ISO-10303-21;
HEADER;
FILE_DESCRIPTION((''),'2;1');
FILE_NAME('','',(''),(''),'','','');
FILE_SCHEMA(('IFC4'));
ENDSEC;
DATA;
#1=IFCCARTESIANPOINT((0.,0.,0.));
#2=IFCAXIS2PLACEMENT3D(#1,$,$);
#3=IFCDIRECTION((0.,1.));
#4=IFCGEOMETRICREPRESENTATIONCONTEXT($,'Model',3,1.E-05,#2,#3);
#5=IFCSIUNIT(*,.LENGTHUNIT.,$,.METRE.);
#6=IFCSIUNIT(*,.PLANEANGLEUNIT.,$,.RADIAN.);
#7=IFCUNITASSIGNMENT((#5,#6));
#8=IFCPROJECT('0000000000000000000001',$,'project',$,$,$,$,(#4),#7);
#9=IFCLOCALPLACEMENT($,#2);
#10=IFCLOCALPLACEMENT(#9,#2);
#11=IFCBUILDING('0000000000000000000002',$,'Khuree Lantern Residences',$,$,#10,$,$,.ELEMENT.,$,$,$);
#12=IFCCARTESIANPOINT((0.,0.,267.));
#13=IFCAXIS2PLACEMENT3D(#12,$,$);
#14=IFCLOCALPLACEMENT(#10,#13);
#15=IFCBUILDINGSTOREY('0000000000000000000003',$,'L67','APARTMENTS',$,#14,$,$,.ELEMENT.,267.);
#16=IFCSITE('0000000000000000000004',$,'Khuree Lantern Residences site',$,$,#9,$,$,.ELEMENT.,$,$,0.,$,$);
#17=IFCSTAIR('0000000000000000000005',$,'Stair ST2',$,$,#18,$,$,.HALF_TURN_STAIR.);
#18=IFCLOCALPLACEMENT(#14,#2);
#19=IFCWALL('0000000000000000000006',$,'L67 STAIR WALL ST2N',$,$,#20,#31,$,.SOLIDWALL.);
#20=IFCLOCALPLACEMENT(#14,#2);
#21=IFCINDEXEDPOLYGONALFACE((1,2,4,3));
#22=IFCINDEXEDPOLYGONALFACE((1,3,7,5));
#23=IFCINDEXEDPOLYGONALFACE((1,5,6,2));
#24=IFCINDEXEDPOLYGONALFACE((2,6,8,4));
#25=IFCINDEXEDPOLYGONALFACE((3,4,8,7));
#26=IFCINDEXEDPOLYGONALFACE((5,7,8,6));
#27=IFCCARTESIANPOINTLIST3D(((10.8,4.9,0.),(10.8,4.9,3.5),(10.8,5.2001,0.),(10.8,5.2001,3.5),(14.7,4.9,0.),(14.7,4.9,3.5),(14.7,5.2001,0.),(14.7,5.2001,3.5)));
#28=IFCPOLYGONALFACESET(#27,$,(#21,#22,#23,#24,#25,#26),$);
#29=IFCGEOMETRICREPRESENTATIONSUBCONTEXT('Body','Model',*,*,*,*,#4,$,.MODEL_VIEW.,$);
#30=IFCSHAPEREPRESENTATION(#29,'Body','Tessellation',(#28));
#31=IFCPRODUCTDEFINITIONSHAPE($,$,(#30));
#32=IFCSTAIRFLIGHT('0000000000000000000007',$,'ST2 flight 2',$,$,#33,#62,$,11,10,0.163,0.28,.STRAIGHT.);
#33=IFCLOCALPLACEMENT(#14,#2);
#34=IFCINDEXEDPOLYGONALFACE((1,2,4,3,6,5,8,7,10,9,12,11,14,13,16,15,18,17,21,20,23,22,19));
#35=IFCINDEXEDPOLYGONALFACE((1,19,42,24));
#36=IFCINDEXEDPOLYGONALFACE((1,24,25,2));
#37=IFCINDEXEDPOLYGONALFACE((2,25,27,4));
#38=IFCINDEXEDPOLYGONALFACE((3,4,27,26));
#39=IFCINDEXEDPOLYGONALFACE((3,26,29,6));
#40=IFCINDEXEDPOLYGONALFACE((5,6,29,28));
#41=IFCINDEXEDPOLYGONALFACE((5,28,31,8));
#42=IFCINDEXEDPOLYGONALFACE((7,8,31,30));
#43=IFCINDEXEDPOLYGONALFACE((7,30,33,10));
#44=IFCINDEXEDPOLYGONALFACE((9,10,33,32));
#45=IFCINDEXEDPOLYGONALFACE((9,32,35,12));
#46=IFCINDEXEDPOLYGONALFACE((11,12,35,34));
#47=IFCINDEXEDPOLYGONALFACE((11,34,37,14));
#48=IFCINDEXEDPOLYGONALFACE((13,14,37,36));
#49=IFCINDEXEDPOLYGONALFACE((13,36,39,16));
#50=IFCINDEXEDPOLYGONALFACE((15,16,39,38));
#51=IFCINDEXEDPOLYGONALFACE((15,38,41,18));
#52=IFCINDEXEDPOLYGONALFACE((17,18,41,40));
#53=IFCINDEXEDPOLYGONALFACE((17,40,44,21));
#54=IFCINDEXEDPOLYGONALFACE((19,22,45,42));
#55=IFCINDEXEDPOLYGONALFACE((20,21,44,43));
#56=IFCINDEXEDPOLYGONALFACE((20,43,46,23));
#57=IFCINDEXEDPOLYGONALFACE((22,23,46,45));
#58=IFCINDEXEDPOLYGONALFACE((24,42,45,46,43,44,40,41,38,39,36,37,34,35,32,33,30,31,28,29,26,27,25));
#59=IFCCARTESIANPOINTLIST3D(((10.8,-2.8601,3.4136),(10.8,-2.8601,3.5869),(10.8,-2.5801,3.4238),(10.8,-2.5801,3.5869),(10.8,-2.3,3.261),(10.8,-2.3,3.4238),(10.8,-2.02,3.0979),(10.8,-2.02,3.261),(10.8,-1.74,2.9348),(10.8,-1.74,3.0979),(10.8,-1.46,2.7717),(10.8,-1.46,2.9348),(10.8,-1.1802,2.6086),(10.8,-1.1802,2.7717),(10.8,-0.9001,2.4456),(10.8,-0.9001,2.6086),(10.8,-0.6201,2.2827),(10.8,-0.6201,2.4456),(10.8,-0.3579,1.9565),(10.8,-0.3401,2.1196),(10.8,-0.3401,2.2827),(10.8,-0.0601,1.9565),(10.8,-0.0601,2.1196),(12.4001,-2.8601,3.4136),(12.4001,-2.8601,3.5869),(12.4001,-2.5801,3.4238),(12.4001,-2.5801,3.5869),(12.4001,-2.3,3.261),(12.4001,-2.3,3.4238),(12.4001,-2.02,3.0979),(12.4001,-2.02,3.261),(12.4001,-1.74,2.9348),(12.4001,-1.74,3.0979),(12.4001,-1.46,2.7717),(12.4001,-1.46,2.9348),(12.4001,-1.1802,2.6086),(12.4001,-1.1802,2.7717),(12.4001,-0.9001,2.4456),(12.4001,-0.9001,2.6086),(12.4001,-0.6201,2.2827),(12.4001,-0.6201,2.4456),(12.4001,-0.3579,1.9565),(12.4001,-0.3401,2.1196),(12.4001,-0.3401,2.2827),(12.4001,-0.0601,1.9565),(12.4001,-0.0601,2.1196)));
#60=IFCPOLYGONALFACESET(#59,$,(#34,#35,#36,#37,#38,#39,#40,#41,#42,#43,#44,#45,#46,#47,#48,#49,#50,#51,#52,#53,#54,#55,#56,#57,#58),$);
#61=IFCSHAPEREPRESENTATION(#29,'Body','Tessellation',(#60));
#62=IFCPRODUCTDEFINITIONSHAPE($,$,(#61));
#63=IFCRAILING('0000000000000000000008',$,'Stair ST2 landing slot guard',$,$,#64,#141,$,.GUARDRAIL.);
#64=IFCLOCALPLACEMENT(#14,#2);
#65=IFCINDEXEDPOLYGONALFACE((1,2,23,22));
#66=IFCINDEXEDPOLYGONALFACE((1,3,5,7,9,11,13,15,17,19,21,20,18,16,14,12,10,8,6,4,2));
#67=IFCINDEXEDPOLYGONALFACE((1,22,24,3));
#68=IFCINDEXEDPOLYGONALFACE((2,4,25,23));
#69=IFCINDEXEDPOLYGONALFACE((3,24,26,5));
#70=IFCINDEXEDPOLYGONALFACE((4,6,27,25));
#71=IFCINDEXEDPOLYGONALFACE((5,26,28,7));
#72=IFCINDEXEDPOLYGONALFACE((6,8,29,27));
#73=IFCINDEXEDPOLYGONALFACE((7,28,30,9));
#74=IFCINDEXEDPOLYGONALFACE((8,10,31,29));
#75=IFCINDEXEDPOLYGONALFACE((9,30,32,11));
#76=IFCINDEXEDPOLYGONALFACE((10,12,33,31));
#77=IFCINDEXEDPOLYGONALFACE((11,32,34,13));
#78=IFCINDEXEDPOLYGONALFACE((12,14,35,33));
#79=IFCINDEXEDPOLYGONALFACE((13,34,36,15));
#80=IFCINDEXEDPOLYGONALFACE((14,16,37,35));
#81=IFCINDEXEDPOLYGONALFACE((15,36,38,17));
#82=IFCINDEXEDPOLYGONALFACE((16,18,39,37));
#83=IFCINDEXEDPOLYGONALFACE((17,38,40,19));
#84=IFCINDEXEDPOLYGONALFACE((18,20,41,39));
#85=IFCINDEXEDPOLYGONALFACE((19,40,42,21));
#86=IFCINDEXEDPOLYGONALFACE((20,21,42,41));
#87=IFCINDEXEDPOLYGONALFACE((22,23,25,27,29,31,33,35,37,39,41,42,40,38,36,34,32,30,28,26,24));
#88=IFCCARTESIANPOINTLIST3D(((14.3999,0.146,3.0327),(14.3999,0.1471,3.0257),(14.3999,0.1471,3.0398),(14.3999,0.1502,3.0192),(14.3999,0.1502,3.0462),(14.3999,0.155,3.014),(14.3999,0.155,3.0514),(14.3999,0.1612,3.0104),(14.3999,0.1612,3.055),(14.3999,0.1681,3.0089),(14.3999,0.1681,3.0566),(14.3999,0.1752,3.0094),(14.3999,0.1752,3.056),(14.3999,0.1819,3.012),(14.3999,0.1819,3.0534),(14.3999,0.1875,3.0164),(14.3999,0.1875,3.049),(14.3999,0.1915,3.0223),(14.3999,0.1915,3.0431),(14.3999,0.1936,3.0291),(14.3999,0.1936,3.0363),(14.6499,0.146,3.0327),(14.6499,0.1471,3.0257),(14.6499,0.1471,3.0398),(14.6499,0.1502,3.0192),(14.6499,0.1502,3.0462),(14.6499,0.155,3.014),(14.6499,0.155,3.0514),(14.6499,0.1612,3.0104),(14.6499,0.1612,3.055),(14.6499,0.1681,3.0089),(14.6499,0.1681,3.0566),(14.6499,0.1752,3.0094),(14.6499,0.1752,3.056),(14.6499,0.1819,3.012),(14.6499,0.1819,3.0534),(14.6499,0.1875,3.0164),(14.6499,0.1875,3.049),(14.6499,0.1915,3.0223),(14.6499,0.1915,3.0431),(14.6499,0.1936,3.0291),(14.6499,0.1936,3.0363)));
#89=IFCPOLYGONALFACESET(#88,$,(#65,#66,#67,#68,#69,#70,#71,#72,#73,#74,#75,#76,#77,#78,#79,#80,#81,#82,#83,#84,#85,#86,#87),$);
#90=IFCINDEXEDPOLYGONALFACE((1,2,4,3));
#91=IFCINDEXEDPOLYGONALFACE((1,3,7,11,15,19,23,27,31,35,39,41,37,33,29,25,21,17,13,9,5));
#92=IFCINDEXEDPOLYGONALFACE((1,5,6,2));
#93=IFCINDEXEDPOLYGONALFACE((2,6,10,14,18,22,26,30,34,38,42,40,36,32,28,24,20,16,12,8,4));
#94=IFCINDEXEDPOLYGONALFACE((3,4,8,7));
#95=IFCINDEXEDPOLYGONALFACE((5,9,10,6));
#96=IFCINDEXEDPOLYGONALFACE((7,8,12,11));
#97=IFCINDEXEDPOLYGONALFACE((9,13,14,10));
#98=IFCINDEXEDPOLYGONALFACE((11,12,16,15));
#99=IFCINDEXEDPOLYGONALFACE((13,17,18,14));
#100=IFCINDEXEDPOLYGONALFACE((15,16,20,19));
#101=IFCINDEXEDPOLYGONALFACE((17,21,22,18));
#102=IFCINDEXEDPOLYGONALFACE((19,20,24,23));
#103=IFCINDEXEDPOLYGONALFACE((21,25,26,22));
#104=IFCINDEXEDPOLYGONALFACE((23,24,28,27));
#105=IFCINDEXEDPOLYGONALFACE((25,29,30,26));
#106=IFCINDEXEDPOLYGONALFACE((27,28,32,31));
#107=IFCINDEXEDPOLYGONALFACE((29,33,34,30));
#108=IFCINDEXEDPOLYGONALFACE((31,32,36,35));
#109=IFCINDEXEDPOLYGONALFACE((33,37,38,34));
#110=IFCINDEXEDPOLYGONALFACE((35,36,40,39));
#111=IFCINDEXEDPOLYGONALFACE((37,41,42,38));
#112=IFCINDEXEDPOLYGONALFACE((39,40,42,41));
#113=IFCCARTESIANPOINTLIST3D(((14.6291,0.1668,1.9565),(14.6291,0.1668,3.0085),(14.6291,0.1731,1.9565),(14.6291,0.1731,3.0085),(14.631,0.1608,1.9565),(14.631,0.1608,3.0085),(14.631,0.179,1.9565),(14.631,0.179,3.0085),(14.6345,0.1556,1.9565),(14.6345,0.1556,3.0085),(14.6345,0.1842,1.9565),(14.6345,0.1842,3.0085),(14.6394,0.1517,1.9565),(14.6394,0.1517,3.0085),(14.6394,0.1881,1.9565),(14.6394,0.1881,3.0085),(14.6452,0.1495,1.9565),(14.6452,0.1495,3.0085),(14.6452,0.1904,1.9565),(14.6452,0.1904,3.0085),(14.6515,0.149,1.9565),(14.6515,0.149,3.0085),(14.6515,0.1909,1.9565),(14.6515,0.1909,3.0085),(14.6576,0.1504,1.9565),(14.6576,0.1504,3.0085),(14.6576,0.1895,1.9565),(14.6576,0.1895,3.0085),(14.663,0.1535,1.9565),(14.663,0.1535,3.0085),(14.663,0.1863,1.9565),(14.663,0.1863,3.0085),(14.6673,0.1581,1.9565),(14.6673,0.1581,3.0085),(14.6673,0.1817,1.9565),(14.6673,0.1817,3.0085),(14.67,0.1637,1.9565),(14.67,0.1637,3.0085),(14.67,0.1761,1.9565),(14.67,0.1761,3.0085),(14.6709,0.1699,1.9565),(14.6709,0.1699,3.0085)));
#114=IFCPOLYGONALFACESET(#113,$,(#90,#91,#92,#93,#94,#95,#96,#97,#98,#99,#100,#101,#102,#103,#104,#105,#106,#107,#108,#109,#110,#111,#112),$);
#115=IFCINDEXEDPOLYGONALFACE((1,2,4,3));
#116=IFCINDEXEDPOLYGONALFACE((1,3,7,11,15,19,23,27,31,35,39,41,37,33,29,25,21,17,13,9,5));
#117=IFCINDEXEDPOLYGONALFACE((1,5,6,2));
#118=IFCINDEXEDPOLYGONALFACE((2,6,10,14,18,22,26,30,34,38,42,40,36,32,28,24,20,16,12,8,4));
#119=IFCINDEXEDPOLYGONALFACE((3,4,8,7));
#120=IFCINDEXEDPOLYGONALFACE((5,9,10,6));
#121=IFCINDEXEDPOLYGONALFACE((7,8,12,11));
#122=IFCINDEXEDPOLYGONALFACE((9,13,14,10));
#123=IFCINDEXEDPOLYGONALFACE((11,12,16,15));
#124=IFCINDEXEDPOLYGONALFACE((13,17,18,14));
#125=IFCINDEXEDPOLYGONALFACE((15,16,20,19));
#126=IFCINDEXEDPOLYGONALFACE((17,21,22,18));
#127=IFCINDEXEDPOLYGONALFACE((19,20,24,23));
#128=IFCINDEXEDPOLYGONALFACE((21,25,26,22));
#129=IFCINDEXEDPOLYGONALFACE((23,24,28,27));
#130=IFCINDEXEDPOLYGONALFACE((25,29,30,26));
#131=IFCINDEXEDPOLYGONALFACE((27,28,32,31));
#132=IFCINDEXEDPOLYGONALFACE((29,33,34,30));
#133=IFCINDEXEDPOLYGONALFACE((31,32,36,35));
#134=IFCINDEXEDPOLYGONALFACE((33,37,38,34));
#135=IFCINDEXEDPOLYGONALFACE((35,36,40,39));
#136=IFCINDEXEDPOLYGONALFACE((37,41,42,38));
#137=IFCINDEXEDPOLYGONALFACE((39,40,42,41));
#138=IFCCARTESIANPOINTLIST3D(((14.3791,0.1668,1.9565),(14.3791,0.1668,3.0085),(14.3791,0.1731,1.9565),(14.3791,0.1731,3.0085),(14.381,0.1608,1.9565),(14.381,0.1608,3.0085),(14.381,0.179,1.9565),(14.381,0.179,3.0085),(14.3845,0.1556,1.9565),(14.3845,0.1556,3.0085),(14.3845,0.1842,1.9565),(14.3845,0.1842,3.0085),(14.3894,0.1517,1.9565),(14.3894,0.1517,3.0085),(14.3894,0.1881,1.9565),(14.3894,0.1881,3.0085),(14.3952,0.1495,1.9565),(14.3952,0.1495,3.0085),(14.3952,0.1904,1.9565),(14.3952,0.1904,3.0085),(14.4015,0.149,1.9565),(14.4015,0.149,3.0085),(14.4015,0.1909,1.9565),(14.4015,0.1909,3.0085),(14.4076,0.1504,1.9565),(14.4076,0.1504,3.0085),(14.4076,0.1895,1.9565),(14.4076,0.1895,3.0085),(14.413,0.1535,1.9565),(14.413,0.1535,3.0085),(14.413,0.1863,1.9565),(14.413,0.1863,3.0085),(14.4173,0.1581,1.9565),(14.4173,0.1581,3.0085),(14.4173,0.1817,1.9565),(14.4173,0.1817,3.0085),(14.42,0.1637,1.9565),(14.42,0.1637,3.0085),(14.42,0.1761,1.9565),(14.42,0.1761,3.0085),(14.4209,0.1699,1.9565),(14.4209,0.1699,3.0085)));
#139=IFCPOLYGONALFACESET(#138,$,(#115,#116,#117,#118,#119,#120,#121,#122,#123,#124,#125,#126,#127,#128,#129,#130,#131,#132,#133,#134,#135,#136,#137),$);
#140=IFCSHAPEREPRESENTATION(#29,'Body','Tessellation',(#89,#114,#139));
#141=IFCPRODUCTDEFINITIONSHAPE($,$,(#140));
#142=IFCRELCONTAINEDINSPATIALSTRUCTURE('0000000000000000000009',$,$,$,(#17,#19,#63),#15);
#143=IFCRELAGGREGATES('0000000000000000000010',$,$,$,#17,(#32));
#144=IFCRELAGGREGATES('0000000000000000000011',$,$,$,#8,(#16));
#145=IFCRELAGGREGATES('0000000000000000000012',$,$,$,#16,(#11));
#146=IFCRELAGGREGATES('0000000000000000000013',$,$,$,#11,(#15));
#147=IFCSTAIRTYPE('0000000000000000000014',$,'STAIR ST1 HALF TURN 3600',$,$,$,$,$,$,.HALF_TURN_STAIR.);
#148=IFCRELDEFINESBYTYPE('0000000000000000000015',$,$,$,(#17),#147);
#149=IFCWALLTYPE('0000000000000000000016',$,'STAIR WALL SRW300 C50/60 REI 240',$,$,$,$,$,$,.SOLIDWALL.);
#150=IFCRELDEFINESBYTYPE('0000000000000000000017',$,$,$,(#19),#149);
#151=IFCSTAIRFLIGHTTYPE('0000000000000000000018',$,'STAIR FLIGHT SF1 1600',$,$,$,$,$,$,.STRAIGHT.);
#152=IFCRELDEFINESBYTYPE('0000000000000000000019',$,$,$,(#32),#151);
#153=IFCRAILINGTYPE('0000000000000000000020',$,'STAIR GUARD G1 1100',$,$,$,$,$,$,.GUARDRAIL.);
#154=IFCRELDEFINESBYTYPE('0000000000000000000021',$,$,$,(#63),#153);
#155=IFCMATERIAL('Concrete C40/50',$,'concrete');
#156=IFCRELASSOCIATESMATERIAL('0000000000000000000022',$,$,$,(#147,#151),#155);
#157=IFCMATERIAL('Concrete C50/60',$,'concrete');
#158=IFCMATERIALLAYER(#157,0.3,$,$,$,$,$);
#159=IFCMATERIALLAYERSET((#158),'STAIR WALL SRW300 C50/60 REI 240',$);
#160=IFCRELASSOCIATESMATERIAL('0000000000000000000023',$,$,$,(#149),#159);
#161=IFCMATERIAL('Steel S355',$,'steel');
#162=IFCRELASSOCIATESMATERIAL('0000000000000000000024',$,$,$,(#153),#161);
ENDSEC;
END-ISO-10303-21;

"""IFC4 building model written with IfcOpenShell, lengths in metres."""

from ifc_helpers import new_model, si_unit, direction, frame, frame_2d, origin, origin_2d, place, context, subcontext, project, spatial, polyline, rectangle, circle, outline, extrude, material, layer, layer_set, type_object, element, aggregate, save


model = new_model("IFC4")

# Units and contexts
model_context = context("Model", 3, precision=1e-05, world=origin(), true_north=direction((0.0, 1.0)))
body_context = subcontext(model_context, "Body", "Model", "MODEL_VIEW")
ifc_project = project(units=[si_unit("LENGTHUNIT", "METRE"), si_unit("PLANEANGLEUNIT", "RADIAN")], contexts=[model_context])

# Site, building, storey
site_placement = place(None, origin())
site = spatial("IfcSite", under=ifc_project, at=site_placement, Name="Khuree Lantern Residences site", CompositionType="ELEMENT", RefElevation=0.0)
building_placement = place(site_placement, origin())
building = spatial("IfcBuilding", under=site, at=building_placement, Name="Khuree Lantern Residences", CompositionType="ELEMENT")
storey_placement = place(building_placement, frame((0.0, 0.0, 267.0)))
storey = spatial("IfcBuildingStorey", under=building, at=storey_placement, Name="L67", Description="APARTMENTS", CompositionType="ELEMENT", Elevation=267.0)

# Shared definitions
ifc_material_1 = material(Name="Concrete C50/60", Category="concrete")

# Stair
ifc_material_2 = material(Name="Concrete C40/50", Category="concrete")
stair_type = type_object("IfcStairType", Name="STAIR ST1 HALF TURN 3600", PredefinedType="HALF_TURN_STAIR", material=ifc_material_2)
stair_1_placement = place(storey_placement, origin())
stair_1 = element("IfcStair", 1, at=stair_1_placement, inside=storey, type_object=stair_type, Name="Stair ST2", PredefinedType="HALF_TURN_STAIR")

# Wall
ifc_layer_1 = layer(ifc_material_1, 0.3)
ifc_layer_set_1 = layer_set([ifc_layer_1], Name="STAIR WALL SRW300 C50/60 REI 240")
wall_type_1 = type_object("IfcWallType", Name="STAIR WALL SRW300 C50/60 REI 240", PredefinedType="SOLIDWALL", material=ifc_layer_set_1)
wall_1_placement = place(storey_placement, frame((14.7, 5.05, 0.0), z_axis=(0.0, 0.0, 1.0), x_axis=(-1.0, 0.0, 0.0)))
element("IfcWall", 2, at=wall_1_placement, inside=storey, type_object=wall_type_1, Name="L67 STAIR WALL ST2N", PredefinedType="SOLIDWALL", context=body_context, shape_type="SweptSolid", body=[
    extrude(rectangle(XDim=3.8999, YDim=0.3, at=frame_2d((1.95, 0.0))), origin(), (0.0, 0.0, 1.0), 3.5),
])

# Stair flight
stair_flight_type = type_object("IfcStairFlightType", Name="STAIR FLIGHT SF1 1600", PredefinedType="STRAIGHT", material=ifc_material_2)
stair_flight_placement = place(storey_placement, frame((11.6001, -0.0601, 1.9565), z_axis=(0.0, 0.0, 1.0), x_axis=(0.0, -1.0, 0.0)))
stair_flight = element("IfcStairFlight", 3, at=stair_flight_placement, type_object=stair_flight_type, Name="ST2 flight 2", NumberOfRisers=11, NumberOfTreads=10, PredefinedType="STRAIGHT", RiserHeight=0.163, TreadLength=0.28, context=body_context, shape_type="SweptSolid", body=[
    extrude(outline(polyline([(0.0, 0.0), (0.0, 0.1631), (0.28, 0.1631), (0.28, 0.3262), (0.5601, 0.3262), (0.5601, 0.489), (0.8401, 0.489), (0.8401, 0.6521), (1.1201, 0.6521), (1.1201, 0.8152), (1.3999, 0.8152), (1.3999, 0.9783), (1.6799, 0.9783), (1.6799, 1.1414), (1.96, 1.1414), (1.96, 1.3044), (2.24, 1.3044), (2.24, 1.4673), (2.52, 1.4673), (2.52, 1.6304), (2.8, 1.6304), (2.8, 1.7935), (2.8, 1.457), (0.2979, 0.0), (0.0, 0.0)])), frame((0.0, 0.8, 0.0), z_axis=(0.0, -1.0, 0.0), x_axis=(1.0, 0.0, 0.0)), (0.0, 0.0, 1.0), 1.6001),
])
aggregate(stair_1, [stair_flight])

# Railing
ifc_material_3 = material(Name="Steel S355", Category="steel")
railing_type = type_object("IfcRailingType", Name="STAIR GUARD G1 1100", PredefinedType="GUARDRAIL", material=ifc_material_3)
railing_placement = place(storey_placement, frame((14.6499, 0.1699, 1.9565)))
element("IfcRailing", 4, at=railing_placement, inside=storey, type_object=railing_type, Name="Stair ST2 landing slot guard", PredefinedType="GUARDRAIL", context=body_context, shape_type="SweptSolid", body=[
    extrude(circle(Radius=0.0239, at=origin_2d()), frame((0.0, 0.0, 1.0762), z_axis=(-1.0, 0.0, 0.0), x_axis=(0.0, -1.0, 0.0)), (0.0, 0.0, 1.0), 0.25),
    extrude(circle(Radius=0.021, at=origin_2d()), origin(), (0.0, 0.0, 1.0), 1.052),
    extrude(circle(Radius=0.021, at=origin_2d()), frame((-0.25, 0.0, 0.0)), (0.0, 0.0, 1.0), 1.052),
])

save(model, "model.ifc")
